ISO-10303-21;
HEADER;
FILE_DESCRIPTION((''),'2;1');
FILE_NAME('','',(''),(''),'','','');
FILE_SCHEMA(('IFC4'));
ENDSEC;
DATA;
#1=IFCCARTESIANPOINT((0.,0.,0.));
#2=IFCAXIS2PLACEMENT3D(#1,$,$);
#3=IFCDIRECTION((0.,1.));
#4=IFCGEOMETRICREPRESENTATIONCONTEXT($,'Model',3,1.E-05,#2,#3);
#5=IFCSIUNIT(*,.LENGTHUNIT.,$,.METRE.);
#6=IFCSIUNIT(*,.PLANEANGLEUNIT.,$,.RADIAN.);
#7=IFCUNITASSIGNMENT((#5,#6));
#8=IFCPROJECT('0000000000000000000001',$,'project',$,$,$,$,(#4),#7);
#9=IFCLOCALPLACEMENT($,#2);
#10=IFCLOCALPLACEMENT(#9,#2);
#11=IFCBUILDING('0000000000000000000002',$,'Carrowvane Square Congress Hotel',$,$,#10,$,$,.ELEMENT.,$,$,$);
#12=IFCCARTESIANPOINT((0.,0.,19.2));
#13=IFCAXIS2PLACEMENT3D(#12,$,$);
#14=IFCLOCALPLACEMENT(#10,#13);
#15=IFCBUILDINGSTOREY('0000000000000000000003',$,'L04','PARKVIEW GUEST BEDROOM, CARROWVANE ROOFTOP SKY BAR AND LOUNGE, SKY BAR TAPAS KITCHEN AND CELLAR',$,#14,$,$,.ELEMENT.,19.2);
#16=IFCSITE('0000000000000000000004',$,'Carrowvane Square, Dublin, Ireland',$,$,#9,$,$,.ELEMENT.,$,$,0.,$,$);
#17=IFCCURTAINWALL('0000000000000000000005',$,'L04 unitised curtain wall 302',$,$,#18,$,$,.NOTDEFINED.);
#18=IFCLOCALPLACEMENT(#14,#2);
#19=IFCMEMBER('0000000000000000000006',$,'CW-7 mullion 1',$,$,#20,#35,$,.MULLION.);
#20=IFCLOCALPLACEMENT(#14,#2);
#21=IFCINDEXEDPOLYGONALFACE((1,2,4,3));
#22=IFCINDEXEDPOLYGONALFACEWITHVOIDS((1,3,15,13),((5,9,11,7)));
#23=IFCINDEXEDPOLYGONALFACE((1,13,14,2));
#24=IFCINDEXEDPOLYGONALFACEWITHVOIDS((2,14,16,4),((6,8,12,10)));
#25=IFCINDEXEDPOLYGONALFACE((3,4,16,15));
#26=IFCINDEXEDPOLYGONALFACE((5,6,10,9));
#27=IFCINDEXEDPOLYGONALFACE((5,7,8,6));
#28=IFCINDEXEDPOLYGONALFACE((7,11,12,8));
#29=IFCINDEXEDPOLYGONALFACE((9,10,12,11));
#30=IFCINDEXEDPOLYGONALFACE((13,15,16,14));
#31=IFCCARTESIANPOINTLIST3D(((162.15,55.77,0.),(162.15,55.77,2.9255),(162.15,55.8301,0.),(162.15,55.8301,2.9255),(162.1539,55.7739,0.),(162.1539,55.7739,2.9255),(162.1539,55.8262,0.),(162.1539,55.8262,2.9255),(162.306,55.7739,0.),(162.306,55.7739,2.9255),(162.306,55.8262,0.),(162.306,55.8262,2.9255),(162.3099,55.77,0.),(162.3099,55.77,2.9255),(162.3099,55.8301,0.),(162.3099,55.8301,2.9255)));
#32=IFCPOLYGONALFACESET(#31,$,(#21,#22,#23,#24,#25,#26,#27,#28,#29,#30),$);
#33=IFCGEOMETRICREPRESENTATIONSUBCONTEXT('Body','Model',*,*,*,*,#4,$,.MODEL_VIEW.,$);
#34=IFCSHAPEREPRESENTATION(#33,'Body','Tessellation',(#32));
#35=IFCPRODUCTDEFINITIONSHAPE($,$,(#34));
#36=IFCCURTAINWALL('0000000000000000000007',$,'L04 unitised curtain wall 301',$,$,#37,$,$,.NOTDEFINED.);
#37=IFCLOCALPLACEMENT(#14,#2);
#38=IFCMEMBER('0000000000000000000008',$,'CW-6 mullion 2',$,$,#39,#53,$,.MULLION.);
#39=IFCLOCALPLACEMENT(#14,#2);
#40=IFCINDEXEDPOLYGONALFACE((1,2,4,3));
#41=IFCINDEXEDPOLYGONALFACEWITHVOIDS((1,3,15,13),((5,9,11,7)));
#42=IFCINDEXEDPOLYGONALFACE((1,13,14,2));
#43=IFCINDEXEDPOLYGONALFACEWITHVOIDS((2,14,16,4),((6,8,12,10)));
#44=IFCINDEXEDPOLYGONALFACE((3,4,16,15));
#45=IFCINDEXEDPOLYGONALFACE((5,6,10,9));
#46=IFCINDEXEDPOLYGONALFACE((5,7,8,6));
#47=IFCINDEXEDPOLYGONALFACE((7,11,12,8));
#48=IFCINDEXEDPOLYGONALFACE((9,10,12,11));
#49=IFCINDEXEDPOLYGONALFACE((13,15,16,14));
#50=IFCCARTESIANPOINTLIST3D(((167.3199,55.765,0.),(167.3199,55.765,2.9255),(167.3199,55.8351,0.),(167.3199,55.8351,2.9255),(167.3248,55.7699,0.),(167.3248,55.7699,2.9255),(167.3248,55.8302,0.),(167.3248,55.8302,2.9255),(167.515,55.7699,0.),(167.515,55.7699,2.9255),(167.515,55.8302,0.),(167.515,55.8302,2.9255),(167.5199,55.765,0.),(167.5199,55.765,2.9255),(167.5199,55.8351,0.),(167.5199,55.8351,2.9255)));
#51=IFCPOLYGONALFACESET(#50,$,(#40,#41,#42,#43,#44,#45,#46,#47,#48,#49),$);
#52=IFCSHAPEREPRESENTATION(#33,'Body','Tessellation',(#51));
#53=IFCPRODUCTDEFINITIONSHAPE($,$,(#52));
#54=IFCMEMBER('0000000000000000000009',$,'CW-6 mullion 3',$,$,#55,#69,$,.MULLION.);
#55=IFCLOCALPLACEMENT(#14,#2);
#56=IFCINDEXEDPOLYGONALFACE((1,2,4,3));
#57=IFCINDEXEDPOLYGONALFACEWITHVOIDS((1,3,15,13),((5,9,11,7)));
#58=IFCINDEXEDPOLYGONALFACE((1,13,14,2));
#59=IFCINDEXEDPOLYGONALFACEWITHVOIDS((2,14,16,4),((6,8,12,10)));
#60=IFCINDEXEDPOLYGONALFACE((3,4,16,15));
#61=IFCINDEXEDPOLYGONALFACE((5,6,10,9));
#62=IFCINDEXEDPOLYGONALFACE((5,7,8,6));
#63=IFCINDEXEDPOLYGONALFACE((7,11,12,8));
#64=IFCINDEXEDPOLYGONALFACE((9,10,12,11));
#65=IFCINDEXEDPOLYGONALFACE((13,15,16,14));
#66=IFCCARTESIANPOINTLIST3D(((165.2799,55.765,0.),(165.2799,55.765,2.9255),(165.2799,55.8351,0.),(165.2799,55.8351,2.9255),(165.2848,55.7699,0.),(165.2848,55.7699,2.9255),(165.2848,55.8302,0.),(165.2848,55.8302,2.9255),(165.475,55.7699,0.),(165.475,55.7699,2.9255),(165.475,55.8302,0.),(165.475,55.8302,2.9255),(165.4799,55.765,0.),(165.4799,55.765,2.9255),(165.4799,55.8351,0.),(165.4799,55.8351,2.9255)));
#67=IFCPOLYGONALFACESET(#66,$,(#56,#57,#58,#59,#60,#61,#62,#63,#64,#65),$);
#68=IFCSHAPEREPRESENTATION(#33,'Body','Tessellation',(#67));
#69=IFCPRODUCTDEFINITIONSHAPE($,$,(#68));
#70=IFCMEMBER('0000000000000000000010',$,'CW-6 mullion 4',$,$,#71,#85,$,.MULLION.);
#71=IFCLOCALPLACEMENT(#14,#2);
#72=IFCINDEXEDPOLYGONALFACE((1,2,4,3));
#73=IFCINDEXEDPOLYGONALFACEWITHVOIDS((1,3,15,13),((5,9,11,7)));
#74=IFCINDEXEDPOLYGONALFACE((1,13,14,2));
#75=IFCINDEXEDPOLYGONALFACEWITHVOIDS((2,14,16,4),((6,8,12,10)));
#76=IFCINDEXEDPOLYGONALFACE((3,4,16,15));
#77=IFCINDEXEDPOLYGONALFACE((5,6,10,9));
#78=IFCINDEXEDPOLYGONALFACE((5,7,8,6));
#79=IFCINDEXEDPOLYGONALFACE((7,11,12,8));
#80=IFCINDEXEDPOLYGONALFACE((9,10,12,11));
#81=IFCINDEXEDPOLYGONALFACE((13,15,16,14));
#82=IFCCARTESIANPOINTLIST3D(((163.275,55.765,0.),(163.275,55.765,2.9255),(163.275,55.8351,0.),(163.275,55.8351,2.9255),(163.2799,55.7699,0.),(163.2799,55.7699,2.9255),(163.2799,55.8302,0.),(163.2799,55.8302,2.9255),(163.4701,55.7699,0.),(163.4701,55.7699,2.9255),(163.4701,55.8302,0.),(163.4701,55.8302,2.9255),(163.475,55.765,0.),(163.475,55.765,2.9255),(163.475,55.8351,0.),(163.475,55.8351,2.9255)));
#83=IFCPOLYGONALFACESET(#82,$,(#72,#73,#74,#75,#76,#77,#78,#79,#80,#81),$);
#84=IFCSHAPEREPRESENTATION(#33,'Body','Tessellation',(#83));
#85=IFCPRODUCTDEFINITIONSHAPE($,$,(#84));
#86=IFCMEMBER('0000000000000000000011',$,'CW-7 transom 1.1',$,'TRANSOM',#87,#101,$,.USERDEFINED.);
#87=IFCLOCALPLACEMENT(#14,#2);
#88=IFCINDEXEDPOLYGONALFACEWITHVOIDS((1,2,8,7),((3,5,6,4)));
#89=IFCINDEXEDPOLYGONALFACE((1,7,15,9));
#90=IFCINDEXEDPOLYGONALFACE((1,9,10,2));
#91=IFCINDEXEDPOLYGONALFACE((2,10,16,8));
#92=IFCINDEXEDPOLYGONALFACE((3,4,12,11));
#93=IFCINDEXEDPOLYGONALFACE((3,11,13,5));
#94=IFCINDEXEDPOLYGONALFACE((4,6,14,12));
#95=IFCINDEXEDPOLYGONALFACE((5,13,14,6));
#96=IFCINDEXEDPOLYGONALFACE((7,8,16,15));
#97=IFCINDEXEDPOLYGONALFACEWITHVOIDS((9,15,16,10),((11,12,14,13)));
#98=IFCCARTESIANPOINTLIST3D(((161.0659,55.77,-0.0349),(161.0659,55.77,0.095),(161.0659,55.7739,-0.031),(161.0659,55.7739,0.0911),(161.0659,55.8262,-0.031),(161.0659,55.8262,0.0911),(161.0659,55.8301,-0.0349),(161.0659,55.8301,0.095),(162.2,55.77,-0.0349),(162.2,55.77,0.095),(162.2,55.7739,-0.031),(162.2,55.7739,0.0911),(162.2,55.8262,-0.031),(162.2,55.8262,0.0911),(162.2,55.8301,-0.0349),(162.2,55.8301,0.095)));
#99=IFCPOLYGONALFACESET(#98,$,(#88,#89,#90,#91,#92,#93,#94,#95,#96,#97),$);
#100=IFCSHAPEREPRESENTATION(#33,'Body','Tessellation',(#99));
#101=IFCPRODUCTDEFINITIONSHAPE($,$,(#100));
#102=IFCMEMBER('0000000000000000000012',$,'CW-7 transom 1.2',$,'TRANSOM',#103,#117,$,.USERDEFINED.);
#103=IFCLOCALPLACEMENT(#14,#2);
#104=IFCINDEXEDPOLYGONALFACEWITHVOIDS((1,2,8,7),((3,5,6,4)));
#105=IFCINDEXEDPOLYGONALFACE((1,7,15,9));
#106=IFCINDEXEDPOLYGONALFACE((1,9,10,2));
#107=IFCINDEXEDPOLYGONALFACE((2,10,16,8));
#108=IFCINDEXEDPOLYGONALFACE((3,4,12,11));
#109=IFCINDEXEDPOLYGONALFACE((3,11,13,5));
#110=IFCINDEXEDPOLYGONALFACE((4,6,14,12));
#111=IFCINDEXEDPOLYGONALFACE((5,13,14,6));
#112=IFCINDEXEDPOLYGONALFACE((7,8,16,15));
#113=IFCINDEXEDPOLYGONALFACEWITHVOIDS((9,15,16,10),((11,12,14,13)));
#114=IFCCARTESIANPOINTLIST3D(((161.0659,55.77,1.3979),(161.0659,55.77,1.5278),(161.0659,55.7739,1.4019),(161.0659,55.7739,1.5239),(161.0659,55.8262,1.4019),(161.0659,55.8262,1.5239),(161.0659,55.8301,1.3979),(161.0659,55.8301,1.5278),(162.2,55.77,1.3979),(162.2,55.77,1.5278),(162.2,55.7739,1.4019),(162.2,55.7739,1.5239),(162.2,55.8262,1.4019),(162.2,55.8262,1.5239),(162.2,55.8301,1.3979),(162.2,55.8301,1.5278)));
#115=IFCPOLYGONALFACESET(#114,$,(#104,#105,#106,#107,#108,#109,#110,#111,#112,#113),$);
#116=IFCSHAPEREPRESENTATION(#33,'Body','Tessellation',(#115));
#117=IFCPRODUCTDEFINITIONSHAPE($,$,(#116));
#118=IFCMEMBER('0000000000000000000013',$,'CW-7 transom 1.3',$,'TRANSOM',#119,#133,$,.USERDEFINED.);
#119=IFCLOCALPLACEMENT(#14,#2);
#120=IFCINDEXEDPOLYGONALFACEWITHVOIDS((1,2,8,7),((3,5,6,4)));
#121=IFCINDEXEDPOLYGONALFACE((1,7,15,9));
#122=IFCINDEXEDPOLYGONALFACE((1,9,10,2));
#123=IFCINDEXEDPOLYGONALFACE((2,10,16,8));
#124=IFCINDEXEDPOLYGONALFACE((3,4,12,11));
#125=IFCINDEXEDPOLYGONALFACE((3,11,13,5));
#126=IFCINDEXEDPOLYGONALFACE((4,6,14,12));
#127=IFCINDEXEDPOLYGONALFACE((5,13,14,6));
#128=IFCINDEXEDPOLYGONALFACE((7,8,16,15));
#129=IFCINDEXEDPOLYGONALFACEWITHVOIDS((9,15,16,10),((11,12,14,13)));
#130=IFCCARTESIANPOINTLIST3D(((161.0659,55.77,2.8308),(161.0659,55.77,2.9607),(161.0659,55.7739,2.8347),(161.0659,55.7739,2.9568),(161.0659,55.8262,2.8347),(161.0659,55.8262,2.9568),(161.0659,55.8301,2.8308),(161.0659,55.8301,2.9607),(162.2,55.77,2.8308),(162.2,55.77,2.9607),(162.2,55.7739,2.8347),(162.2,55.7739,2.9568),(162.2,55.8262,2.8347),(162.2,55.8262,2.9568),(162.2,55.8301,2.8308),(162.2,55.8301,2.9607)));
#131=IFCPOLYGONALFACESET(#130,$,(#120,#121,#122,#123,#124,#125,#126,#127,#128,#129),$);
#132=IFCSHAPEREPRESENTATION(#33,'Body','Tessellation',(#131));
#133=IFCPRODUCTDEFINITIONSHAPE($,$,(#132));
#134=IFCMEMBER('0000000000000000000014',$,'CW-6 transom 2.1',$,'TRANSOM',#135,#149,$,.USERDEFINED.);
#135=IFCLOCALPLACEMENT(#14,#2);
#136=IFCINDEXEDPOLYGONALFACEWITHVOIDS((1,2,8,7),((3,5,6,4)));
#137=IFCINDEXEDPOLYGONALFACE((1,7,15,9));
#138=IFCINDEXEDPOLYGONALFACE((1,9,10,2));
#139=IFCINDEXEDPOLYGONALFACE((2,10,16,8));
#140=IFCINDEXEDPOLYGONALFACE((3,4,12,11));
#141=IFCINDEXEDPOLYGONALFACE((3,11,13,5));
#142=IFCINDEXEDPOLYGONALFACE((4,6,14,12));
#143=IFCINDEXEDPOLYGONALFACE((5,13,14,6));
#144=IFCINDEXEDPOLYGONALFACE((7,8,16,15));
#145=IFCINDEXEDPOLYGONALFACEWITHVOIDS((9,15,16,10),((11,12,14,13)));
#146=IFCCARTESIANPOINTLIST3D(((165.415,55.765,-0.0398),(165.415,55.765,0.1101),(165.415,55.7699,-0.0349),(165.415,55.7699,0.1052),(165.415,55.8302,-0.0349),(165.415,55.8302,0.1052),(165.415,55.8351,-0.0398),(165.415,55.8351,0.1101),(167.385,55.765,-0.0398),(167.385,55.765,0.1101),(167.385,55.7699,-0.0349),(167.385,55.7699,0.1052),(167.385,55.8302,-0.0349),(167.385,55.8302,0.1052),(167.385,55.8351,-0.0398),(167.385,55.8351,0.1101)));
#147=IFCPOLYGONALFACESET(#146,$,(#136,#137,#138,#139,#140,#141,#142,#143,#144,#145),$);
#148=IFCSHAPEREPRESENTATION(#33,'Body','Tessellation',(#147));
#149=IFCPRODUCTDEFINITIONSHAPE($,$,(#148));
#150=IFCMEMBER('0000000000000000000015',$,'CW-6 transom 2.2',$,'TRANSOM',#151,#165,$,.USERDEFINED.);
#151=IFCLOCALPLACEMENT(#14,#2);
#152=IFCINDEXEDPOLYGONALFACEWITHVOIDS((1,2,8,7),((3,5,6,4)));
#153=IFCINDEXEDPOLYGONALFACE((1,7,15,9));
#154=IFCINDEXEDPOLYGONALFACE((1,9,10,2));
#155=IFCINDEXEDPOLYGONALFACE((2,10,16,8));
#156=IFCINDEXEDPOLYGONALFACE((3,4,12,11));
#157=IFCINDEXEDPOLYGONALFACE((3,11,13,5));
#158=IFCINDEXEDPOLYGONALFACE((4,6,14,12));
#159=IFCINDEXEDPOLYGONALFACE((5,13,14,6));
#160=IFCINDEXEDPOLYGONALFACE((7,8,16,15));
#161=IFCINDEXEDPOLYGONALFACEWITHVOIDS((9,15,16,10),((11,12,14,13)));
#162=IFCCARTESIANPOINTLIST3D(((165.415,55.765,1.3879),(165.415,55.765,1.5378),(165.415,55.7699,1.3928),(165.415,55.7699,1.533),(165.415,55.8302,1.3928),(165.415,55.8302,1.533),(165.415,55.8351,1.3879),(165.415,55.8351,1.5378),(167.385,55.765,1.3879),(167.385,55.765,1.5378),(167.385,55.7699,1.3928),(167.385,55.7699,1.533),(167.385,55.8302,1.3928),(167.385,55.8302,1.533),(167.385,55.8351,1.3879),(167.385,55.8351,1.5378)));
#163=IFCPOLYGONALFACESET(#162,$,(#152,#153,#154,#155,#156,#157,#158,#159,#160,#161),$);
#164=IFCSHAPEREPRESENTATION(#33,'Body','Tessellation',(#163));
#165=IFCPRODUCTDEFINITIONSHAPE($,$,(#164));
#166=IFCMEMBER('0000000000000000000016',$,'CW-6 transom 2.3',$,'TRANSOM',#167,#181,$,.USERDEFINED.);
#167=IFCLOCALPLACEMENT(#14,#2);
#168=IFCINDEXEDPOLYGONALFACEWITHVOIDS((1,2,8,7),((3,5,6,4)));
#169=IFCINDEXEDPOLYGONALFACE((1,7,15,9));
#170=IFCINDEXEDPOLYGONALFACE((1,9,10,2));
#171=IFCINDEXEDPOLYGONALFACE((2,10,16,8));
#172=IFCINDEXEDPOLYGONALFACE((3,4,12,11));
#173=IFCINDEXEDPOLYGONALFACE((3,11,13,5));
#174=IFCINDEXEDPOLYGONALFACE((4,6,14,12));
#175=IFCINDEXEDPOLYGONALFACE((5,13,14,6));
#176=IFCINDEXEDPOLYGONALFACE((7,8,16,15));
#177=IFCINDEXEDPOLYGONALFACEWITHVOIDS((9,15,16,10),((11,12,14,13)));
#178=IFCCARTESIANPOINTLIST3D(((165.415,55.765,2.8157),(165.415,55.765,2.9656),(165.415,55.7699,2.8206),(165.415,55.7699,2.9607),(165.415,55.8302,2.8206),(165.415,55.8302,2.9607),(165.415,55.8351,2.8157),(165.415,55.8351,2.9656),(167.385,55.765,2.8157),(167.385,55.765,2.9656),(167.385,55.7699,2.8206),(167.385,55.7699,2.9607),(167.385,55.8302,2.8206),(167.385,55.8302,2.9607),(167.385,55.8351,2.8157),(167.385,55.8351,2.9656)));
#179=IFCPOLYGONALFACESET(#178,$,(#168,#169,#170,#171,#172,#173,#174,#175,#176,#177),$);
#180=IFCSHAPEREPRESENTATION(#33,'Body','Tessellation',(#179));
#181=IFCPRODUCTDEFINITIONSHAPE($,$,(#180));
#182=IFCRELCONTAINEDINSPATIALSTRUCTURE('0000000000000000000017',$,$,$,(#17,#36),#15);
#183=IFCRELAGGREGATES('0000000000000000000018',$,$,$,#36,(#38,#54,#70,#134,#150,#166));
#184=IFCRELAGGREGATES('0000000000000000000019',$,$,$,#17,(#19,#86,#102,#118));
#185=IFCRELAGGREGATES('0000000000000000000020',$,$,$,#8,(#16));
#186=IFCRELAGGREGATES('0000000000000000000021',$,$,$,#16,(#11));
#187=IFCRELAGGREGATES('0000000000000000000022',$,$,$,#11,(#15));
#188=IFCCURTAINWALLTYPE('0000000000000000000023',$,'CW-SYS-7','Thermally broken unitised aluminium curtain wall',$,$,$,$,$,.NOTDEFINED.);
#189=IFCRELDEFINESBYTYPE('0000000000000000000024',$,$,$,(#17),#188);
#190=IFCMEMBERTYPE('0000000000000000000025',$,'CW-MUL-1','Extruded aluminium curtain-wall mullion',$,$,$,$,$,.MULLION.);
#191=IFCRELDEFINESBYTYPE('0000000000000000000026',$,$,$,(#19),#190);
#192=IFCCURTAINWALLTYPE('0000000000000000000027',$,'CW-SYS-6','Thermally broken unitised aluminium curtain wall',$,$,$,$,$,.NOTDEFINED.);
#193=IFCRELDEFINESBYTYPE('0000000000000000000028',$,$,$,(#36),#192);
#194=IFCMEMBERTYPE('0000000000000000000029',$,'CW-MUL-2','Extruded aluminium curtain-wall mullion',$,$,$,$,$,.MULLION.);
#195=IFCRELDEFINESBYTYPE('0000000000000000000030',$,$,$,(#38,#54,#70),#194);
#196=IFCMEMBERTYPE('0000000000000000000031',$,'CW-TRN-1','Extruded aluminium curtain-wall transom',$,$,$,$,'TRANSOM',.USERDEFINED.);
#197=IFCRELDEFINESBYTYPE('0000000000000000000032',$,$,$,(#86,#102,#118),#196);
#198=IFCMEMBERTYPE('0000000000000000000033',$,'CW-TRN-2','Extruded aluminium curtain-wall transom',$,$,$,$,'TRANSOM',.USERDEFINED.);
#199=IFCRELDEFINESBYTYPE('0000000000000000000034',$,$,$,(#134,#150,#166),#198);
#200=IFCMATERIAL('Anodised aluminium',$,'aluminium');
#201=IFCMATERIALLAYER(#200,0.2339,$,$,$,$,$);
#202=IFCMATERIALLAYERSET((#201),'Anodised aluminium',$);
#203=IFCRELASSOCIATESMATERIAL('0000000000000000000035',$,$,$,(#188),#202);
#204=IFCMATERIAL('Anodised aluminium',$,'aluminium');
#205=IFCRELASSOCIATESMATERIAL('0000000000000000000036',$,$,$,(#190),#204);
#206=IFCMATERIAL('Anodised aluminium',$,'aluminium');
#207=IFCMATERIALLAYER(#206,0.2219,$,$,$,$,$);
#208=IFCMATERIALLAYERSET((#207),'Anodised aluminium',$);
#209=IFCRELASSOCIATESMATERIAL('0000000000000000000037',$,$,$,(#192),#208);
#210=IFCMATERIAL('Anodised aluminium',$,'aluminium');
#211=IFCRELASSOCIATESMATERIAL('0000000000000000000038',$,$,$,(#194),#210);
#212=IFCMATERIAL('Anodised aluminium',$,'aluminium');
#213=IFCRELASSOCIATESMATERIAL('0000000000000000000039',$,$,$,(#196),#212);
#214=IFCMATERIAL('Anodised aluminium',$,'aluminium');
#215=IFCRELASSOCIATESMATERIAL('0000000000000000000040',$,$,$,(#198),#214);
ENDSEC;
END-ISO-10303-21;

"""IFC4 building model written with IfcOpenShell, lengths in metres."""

from ifc_helpers import new_model, si_unit, direction, frame, origin, origin_2d, place, context, subcontext, project, spatial, hollow_rectangle, extrude, material, layer, layer_set, material_profile, profile_set, type_object, element, aggregate, save


model = new_model("IFC4")

# Units and contexts
model_context = context("Model", 3, precision=1e-05, world=origin(), true_north=direction((0.0, 1.0)))
body_context = subcontext(model_context, "Body", "Model", "MODEL_VIEW")
ifc_project = project(units=[si_unit("LENGTHUNIT", "METRE"), si_unit("PLANEANGLEUNIT", "RADIAN")], contexts=[model_context])

# Site, building, storey
site_placement = place(None, origin())
site = spatial("IfcSite", under=ifc_project, at=site_placement, Name="Carrowvane Square, Dublin, Ireland", CompositionType="ELEMENT", RefElevation=0.0)
building_placement = place(site_placement, origin())
building = spatial("IfcBuilding", under=site, at=building_placement, Name="Carrowvane Square Congress Hotel", CompositionType="ELEMENT")
storey_placement = place(building_placement, frame((0.0, 0.0, 19.2)))
storey = spatial("IfcBuildingStorey", under=building, at=storey_placement, Name="L04", Description="PARKVIEW GUEST BEDROOM, CARROWVANE ROOFTOP SKY BAR AND LOUNGE, SKY BAR TAPAS KITCHEN AND CELLAR", CompositionType="ELEMENT", Elevation=19.2)

# Curtain wall, member
ifc_material_1 = material(Name="Anodised aluminium", Category="aluminium")
ifc_layer_1 = layer(ifc_material_1, 0.2339)
ifc_layer_set_1 = layer_set([ifc_layer_1], Name="Anodised aluminium")
curtain_wall_type_1 = type_object("IfcCurtainWallType", Name="CW-SYS-7", Description="Thermally broken unitised aluminium curtain wall", PredefinedType="NOTDEFINED", material=ifc_layer_set_1)
curtain_wall_1_placement = place(storey_placement, origin())
curtain_wall_1 = element("IfcCurtainWall", 1, at=curtain_wall_1_placement, inside=storey, type_object=curtain_wall_type_1, Name="L04 unitised curtain wall 302", PredefinedType="NOTDEFINED")
ifc_material_2 = material(Name="Anodised aluminium", Category="aluminium")
ifc_material_profile_1 = material_profile(ifc_material_2, hollow_rectangle(XDim=0.0601, YDim=0.1599, WallThickness=0.0039, at=origin_2d()), Name="CW-ML 60x160x4")
ifc_profile_set_1 = profile_set([ifc_material_profile_1], Name="Anodised aluminium")
member_type_1 = type_object("IfcMemberType", Name="CW-MUL-1", Description="Extruded aluminium curtain-wall mullion", PredefinedType="MULLION", material=ifc_profile_set_1)
member_1_placement = place(storey_placement, frame((162.23, 55.8, 0.0), z_axis=(0.0, 0.0, 1.0), x_axis=(0.0, -1.0, 0.0)))
member_1 = element("IfcMember", 2, at=member_1_placement, type_object=member_type_1, Name="CW-7 mullion 1", PredefinedType="MULLION", context=body_context, shape_type="SweptSolid", body=[
    extrude(hollow_rectangle(XDim=0.0601, YDim=0.1599, WallThickness=0.0039, at=origin_2d()), origin(), (0.0, 0.0, 1.0), 2.9255),
])

# Curtain wall, members
ifc_material_3 = material(Name="Anodised aluminium", Category="aluminium")
ifc_layer_2 = layer(ifc_material_3, 0.2219)
ifc_layer_set_2 = layer_set([ifc_layer_2], Name="Anodised aluminium")
curtain_wall_type_2 = type_object("IfcCurtainWallType", Name="CW-SYS-6", Description="Thermally broken unitised aluminium curtain wall", PredefinedType="NOTDEFINED", material=ifc_layer_set_2)
curtain_wall_2_placement = place(storey_placement, origin())
curtain_wall_2 = element("IfcCurtainWall", 3, at=curtain_wall_2_placement, inside=storey, type_object=curtain_wall_type_2, Name="L04 unitised curtain wall 301", PredefinedType="NOTDEFINED")
ifc_material_4 = material(Name="Anodised aluminium", Category="aluminium")
ifc_material_profile_2 = material_profile(ifc_material_4, hollow_rectangle(XDim=0.0701, YDim=0.2, WallThickness=0.0049, at=origin_2d()), Name="CW-ML 70x200x5")
ifc_profile_set_2 = profile_set([ifc_material_profile_2], Name="Anodised aluminium")
member_type_2 = type_object("IfcMemberType", Name="CW-MUL-2", Description="Extruded aluminium curtain-wall mullion", PredefinedType="MULLION", material=ifc_profile_set_2)
member_2_placement = place(storey_placement, frame((167.4199, 55.8, 0.0), z_axis=(0.0, 0.0, 1.0), x_axis=(0.0, -1.0, 0.0)))
member_2 = element("IfcMember", 4, at=member_2_placement, type_object=member_type_2, Name="CW-6 mullion 2", PredefinedType="MULLION", context=body_context, shape_type="SweptSolid", body=[
    extrude(hollow_rectangle(XDim=0.0701, YDim=0.2, WallThickness=0.0049, at=origin_2d()), origin(), (0.0, 0.0, 1.0), 2.9255),
])
member_3_placement = place(storey_placement, frame((165.3799, 55.8, 0.0), z_axis=(0.0, 0.0, 1.0), x_axis=(0.0, -1.0, 0.0)))
member_3 = element("IfcMember", 5, at=member_3_placement, type_object=member_type_2, Name="CW-6 mullion 3", PredefinedType="MULLION", context=body_context, shape_type="SweptSolid", body=[
    extrude(hollow_rectangle(XDim=0.0701, YDim=0.2, WallThickness=0.0049, at=origin_2d()), origin(), (0.0, 0.0, 1.0), 2.9255),
])
member_4_placement = place(storey_placement, frame((163.375, 55.8, 0.0), z_axis=(0.0, 0.0, 1.0), x_axis=(0.0, -1.0, 0.0)))
member_4 = element("IfcMember", 6, at=member_4_placement, type_object=member_type_2, Name="CW-6 mullion 4", PredefinedType="MULLION", context=body_context, shape_type="SweptSolid", body=[
    extrude(hollow_rectangle(XDim=0.0701, YDim=0.2, WallThickness=0.0049, at=origin_2d()), origin(), (0.0, 0.0, 1.0), 2.9255),
])

# Members
ifc_material_5 = material(Name="Anodised aluminium", Category="aluminium")
ifc_material_profile_3 = material_profile(ifc_material_5, hollow_rectangle(XDim=0.0601, YDim=0.1299, WallThickness=0.0039, at=origin_2d()), Name="CW-TR 60x130x4")
ifc_profile_set_3 = profile_set([ifc_material_profile_3], Name="Anodised aluminium")
member_type_3 = type_object("IfcMemberType", Name="CW-TRN-1", Description="Extruded aluminium curtain-wall transom", ElementType="TRANSOM", PredefinedType="USERDEFINED", material=ifc_profile_set_3)
member_5_placement = place(storey_placement, frame((162.2, 55.8, 0.03), z_axis=(-1.0, 0.0, 0.0), x_axis=(0.0, -1.0, 0.0)))
member_5 = element("IfcMember", 7, at=member_5_placement, type_object=member_type_3, Name="CW-7 transom 1.1", ObjectType="TRANSOM", PredefinedType="USERDEFINED", context=body_context, shape_type="SweptSolid", body=[
    extrude(hollow_rectangle(XDim=0.0601, YDim=0.1299, WallThickness=0.0039, at=origin_2d()), origin(), (0.0, 0.0, 1.0), 1.134),
])
member_6_placement = place(storey_placement, frame((162.2, 55.8, 1.4629), z_axis=(-1.0, 0.0, 0.0), x_axis=(0.0, -1.0, 0.0)))
member_6 = element("IfcMember", 8, at=member_6_placement, type_object=member_type_3, Name="CW-7 transom 1.2", ObjectType="TRANSOM", PredefinedType="USERDEFINED", context=body_context, shape_type="SweptSolid", body=[
    extrude(hollow_rectangle(XDim=0.0601, YDim=0.1299, WallThickness=0.0039, at=origin_2d()), origin(), (0.0, 0.0, 1.0), 1.134),
])
member_7_placement = place(storey_placement, frame((162.2, 55.8, 2.8958), z_axis=(-1.0, 0.0, 0.0), x_axis=(0.0, -1.0, 0.0)))
member_7 = element("IfcMember", 9, at=member_7_placement, type_object=member_type_3, Name="CW-7 transom 1.3", ObjectType="TRANSOM", PredefinedType="USERDEFINED", context=body_context, shape_type="SweptSolid", body=[
    extrude(hollow_rectangle(XDim=0.0601, YDim=0.1299, WallThickness=0.0039, at=origin_2d()), origin(), (0.0, 0.0, 1.0), 1.134),
])
ifc_material_6 = material(Name="Anodised aluminium", Category="aluminium")
ifc_material_profile_4 = material_profile(ifc_material_6, hollow_rectangle(XDim=0.0701, YDim=0.1499, WallThickness=0.0049, at=origin_2d()), Name="CW-TR 70x150x5")
ifc_profile_set_4 = profile_set([ifc_material_profile_4], Name="Anodised aluminium")
member_type_4 = type_object("IfcMemberType", Name="CW-TRN-2", Description="Extruded aluminium curtain-wall transom", ElementType="TRANSOM", PredefinedType="USERDEFINED", material=ifc_profile_set_4)
member_8_placement = place(storey_placement, frame((167.385, 55.8, 0.0352), z_axis=(-1.0, 0.0, 0.0), x_axis=(0.0, -1.0, 0.0)))
member_8 = element("IfcMember", 10, at=member_8_placement, type_object=member_type_4, Name="CW-6 transom 2.1", ObjectType="TRANSOM", PredefinedType="USERDEFINED", context=body_context, shape_type="SweptSolid", body=[
    extrude(hollow_rectangle(XDim=0.0701, YDim=0.1499, WallThickness=0.0049, at=origin_2d()), origin(), (0.0, 0.0, 1.0), 1.97),
])
member_9_placement = place(storey_placement, frame((167.385, 55.8, 1.4629), z_axis=(-1.0, 0.0, 0.0), x_axis=(0.0, -1.0, 0.0)))
member_9 = element("IfcMember", 11, at=member_9_placement, type_object=member_type_4, Name="CW-6 transom 2.2", ObjectType="TRANSOM", PredefinedType="USERDEFINED", context=body_context, shape_type="SweptSolid", body=[
    extrude(hollow_rectangle(XDim=0.0701, YDim=0.1499, WallThickness=0.0049, at=origin_2d()), origin(), (0.0, 0.0, 1.0), 1.97),
])
member_10_placement = place(storey_placement, frame((167.385, 55.8, 2.8906), z_axis=(-1.0, 0.0, 0.0), x_axis=(0.0, -1.0, 0.0)))
member_10 = element("IfcMember", 12, at=member_10_placement, type_object=member_type_4, Name="CW-6 transom 2.3", ObjectType="TRANSOM", PredefinedType="USERDEFINED", context=body_context, shape_type="SweptSolid", body=[
    extrude(hollow_rectangle(XDim=0.0701, YDim=0.1499, WallThickness=0.0049, at=origin_2d()), origin(), (0.0, 0.0, 1.0), 1.97),
])

aggregate(curtain_wall_2, [member_2, member_3, member_4, member_8, member_9, member_10])
aggregate(curtain_wall_1, [member_1, member_5, member_6, member_7])

save(model, "model.ifc")
